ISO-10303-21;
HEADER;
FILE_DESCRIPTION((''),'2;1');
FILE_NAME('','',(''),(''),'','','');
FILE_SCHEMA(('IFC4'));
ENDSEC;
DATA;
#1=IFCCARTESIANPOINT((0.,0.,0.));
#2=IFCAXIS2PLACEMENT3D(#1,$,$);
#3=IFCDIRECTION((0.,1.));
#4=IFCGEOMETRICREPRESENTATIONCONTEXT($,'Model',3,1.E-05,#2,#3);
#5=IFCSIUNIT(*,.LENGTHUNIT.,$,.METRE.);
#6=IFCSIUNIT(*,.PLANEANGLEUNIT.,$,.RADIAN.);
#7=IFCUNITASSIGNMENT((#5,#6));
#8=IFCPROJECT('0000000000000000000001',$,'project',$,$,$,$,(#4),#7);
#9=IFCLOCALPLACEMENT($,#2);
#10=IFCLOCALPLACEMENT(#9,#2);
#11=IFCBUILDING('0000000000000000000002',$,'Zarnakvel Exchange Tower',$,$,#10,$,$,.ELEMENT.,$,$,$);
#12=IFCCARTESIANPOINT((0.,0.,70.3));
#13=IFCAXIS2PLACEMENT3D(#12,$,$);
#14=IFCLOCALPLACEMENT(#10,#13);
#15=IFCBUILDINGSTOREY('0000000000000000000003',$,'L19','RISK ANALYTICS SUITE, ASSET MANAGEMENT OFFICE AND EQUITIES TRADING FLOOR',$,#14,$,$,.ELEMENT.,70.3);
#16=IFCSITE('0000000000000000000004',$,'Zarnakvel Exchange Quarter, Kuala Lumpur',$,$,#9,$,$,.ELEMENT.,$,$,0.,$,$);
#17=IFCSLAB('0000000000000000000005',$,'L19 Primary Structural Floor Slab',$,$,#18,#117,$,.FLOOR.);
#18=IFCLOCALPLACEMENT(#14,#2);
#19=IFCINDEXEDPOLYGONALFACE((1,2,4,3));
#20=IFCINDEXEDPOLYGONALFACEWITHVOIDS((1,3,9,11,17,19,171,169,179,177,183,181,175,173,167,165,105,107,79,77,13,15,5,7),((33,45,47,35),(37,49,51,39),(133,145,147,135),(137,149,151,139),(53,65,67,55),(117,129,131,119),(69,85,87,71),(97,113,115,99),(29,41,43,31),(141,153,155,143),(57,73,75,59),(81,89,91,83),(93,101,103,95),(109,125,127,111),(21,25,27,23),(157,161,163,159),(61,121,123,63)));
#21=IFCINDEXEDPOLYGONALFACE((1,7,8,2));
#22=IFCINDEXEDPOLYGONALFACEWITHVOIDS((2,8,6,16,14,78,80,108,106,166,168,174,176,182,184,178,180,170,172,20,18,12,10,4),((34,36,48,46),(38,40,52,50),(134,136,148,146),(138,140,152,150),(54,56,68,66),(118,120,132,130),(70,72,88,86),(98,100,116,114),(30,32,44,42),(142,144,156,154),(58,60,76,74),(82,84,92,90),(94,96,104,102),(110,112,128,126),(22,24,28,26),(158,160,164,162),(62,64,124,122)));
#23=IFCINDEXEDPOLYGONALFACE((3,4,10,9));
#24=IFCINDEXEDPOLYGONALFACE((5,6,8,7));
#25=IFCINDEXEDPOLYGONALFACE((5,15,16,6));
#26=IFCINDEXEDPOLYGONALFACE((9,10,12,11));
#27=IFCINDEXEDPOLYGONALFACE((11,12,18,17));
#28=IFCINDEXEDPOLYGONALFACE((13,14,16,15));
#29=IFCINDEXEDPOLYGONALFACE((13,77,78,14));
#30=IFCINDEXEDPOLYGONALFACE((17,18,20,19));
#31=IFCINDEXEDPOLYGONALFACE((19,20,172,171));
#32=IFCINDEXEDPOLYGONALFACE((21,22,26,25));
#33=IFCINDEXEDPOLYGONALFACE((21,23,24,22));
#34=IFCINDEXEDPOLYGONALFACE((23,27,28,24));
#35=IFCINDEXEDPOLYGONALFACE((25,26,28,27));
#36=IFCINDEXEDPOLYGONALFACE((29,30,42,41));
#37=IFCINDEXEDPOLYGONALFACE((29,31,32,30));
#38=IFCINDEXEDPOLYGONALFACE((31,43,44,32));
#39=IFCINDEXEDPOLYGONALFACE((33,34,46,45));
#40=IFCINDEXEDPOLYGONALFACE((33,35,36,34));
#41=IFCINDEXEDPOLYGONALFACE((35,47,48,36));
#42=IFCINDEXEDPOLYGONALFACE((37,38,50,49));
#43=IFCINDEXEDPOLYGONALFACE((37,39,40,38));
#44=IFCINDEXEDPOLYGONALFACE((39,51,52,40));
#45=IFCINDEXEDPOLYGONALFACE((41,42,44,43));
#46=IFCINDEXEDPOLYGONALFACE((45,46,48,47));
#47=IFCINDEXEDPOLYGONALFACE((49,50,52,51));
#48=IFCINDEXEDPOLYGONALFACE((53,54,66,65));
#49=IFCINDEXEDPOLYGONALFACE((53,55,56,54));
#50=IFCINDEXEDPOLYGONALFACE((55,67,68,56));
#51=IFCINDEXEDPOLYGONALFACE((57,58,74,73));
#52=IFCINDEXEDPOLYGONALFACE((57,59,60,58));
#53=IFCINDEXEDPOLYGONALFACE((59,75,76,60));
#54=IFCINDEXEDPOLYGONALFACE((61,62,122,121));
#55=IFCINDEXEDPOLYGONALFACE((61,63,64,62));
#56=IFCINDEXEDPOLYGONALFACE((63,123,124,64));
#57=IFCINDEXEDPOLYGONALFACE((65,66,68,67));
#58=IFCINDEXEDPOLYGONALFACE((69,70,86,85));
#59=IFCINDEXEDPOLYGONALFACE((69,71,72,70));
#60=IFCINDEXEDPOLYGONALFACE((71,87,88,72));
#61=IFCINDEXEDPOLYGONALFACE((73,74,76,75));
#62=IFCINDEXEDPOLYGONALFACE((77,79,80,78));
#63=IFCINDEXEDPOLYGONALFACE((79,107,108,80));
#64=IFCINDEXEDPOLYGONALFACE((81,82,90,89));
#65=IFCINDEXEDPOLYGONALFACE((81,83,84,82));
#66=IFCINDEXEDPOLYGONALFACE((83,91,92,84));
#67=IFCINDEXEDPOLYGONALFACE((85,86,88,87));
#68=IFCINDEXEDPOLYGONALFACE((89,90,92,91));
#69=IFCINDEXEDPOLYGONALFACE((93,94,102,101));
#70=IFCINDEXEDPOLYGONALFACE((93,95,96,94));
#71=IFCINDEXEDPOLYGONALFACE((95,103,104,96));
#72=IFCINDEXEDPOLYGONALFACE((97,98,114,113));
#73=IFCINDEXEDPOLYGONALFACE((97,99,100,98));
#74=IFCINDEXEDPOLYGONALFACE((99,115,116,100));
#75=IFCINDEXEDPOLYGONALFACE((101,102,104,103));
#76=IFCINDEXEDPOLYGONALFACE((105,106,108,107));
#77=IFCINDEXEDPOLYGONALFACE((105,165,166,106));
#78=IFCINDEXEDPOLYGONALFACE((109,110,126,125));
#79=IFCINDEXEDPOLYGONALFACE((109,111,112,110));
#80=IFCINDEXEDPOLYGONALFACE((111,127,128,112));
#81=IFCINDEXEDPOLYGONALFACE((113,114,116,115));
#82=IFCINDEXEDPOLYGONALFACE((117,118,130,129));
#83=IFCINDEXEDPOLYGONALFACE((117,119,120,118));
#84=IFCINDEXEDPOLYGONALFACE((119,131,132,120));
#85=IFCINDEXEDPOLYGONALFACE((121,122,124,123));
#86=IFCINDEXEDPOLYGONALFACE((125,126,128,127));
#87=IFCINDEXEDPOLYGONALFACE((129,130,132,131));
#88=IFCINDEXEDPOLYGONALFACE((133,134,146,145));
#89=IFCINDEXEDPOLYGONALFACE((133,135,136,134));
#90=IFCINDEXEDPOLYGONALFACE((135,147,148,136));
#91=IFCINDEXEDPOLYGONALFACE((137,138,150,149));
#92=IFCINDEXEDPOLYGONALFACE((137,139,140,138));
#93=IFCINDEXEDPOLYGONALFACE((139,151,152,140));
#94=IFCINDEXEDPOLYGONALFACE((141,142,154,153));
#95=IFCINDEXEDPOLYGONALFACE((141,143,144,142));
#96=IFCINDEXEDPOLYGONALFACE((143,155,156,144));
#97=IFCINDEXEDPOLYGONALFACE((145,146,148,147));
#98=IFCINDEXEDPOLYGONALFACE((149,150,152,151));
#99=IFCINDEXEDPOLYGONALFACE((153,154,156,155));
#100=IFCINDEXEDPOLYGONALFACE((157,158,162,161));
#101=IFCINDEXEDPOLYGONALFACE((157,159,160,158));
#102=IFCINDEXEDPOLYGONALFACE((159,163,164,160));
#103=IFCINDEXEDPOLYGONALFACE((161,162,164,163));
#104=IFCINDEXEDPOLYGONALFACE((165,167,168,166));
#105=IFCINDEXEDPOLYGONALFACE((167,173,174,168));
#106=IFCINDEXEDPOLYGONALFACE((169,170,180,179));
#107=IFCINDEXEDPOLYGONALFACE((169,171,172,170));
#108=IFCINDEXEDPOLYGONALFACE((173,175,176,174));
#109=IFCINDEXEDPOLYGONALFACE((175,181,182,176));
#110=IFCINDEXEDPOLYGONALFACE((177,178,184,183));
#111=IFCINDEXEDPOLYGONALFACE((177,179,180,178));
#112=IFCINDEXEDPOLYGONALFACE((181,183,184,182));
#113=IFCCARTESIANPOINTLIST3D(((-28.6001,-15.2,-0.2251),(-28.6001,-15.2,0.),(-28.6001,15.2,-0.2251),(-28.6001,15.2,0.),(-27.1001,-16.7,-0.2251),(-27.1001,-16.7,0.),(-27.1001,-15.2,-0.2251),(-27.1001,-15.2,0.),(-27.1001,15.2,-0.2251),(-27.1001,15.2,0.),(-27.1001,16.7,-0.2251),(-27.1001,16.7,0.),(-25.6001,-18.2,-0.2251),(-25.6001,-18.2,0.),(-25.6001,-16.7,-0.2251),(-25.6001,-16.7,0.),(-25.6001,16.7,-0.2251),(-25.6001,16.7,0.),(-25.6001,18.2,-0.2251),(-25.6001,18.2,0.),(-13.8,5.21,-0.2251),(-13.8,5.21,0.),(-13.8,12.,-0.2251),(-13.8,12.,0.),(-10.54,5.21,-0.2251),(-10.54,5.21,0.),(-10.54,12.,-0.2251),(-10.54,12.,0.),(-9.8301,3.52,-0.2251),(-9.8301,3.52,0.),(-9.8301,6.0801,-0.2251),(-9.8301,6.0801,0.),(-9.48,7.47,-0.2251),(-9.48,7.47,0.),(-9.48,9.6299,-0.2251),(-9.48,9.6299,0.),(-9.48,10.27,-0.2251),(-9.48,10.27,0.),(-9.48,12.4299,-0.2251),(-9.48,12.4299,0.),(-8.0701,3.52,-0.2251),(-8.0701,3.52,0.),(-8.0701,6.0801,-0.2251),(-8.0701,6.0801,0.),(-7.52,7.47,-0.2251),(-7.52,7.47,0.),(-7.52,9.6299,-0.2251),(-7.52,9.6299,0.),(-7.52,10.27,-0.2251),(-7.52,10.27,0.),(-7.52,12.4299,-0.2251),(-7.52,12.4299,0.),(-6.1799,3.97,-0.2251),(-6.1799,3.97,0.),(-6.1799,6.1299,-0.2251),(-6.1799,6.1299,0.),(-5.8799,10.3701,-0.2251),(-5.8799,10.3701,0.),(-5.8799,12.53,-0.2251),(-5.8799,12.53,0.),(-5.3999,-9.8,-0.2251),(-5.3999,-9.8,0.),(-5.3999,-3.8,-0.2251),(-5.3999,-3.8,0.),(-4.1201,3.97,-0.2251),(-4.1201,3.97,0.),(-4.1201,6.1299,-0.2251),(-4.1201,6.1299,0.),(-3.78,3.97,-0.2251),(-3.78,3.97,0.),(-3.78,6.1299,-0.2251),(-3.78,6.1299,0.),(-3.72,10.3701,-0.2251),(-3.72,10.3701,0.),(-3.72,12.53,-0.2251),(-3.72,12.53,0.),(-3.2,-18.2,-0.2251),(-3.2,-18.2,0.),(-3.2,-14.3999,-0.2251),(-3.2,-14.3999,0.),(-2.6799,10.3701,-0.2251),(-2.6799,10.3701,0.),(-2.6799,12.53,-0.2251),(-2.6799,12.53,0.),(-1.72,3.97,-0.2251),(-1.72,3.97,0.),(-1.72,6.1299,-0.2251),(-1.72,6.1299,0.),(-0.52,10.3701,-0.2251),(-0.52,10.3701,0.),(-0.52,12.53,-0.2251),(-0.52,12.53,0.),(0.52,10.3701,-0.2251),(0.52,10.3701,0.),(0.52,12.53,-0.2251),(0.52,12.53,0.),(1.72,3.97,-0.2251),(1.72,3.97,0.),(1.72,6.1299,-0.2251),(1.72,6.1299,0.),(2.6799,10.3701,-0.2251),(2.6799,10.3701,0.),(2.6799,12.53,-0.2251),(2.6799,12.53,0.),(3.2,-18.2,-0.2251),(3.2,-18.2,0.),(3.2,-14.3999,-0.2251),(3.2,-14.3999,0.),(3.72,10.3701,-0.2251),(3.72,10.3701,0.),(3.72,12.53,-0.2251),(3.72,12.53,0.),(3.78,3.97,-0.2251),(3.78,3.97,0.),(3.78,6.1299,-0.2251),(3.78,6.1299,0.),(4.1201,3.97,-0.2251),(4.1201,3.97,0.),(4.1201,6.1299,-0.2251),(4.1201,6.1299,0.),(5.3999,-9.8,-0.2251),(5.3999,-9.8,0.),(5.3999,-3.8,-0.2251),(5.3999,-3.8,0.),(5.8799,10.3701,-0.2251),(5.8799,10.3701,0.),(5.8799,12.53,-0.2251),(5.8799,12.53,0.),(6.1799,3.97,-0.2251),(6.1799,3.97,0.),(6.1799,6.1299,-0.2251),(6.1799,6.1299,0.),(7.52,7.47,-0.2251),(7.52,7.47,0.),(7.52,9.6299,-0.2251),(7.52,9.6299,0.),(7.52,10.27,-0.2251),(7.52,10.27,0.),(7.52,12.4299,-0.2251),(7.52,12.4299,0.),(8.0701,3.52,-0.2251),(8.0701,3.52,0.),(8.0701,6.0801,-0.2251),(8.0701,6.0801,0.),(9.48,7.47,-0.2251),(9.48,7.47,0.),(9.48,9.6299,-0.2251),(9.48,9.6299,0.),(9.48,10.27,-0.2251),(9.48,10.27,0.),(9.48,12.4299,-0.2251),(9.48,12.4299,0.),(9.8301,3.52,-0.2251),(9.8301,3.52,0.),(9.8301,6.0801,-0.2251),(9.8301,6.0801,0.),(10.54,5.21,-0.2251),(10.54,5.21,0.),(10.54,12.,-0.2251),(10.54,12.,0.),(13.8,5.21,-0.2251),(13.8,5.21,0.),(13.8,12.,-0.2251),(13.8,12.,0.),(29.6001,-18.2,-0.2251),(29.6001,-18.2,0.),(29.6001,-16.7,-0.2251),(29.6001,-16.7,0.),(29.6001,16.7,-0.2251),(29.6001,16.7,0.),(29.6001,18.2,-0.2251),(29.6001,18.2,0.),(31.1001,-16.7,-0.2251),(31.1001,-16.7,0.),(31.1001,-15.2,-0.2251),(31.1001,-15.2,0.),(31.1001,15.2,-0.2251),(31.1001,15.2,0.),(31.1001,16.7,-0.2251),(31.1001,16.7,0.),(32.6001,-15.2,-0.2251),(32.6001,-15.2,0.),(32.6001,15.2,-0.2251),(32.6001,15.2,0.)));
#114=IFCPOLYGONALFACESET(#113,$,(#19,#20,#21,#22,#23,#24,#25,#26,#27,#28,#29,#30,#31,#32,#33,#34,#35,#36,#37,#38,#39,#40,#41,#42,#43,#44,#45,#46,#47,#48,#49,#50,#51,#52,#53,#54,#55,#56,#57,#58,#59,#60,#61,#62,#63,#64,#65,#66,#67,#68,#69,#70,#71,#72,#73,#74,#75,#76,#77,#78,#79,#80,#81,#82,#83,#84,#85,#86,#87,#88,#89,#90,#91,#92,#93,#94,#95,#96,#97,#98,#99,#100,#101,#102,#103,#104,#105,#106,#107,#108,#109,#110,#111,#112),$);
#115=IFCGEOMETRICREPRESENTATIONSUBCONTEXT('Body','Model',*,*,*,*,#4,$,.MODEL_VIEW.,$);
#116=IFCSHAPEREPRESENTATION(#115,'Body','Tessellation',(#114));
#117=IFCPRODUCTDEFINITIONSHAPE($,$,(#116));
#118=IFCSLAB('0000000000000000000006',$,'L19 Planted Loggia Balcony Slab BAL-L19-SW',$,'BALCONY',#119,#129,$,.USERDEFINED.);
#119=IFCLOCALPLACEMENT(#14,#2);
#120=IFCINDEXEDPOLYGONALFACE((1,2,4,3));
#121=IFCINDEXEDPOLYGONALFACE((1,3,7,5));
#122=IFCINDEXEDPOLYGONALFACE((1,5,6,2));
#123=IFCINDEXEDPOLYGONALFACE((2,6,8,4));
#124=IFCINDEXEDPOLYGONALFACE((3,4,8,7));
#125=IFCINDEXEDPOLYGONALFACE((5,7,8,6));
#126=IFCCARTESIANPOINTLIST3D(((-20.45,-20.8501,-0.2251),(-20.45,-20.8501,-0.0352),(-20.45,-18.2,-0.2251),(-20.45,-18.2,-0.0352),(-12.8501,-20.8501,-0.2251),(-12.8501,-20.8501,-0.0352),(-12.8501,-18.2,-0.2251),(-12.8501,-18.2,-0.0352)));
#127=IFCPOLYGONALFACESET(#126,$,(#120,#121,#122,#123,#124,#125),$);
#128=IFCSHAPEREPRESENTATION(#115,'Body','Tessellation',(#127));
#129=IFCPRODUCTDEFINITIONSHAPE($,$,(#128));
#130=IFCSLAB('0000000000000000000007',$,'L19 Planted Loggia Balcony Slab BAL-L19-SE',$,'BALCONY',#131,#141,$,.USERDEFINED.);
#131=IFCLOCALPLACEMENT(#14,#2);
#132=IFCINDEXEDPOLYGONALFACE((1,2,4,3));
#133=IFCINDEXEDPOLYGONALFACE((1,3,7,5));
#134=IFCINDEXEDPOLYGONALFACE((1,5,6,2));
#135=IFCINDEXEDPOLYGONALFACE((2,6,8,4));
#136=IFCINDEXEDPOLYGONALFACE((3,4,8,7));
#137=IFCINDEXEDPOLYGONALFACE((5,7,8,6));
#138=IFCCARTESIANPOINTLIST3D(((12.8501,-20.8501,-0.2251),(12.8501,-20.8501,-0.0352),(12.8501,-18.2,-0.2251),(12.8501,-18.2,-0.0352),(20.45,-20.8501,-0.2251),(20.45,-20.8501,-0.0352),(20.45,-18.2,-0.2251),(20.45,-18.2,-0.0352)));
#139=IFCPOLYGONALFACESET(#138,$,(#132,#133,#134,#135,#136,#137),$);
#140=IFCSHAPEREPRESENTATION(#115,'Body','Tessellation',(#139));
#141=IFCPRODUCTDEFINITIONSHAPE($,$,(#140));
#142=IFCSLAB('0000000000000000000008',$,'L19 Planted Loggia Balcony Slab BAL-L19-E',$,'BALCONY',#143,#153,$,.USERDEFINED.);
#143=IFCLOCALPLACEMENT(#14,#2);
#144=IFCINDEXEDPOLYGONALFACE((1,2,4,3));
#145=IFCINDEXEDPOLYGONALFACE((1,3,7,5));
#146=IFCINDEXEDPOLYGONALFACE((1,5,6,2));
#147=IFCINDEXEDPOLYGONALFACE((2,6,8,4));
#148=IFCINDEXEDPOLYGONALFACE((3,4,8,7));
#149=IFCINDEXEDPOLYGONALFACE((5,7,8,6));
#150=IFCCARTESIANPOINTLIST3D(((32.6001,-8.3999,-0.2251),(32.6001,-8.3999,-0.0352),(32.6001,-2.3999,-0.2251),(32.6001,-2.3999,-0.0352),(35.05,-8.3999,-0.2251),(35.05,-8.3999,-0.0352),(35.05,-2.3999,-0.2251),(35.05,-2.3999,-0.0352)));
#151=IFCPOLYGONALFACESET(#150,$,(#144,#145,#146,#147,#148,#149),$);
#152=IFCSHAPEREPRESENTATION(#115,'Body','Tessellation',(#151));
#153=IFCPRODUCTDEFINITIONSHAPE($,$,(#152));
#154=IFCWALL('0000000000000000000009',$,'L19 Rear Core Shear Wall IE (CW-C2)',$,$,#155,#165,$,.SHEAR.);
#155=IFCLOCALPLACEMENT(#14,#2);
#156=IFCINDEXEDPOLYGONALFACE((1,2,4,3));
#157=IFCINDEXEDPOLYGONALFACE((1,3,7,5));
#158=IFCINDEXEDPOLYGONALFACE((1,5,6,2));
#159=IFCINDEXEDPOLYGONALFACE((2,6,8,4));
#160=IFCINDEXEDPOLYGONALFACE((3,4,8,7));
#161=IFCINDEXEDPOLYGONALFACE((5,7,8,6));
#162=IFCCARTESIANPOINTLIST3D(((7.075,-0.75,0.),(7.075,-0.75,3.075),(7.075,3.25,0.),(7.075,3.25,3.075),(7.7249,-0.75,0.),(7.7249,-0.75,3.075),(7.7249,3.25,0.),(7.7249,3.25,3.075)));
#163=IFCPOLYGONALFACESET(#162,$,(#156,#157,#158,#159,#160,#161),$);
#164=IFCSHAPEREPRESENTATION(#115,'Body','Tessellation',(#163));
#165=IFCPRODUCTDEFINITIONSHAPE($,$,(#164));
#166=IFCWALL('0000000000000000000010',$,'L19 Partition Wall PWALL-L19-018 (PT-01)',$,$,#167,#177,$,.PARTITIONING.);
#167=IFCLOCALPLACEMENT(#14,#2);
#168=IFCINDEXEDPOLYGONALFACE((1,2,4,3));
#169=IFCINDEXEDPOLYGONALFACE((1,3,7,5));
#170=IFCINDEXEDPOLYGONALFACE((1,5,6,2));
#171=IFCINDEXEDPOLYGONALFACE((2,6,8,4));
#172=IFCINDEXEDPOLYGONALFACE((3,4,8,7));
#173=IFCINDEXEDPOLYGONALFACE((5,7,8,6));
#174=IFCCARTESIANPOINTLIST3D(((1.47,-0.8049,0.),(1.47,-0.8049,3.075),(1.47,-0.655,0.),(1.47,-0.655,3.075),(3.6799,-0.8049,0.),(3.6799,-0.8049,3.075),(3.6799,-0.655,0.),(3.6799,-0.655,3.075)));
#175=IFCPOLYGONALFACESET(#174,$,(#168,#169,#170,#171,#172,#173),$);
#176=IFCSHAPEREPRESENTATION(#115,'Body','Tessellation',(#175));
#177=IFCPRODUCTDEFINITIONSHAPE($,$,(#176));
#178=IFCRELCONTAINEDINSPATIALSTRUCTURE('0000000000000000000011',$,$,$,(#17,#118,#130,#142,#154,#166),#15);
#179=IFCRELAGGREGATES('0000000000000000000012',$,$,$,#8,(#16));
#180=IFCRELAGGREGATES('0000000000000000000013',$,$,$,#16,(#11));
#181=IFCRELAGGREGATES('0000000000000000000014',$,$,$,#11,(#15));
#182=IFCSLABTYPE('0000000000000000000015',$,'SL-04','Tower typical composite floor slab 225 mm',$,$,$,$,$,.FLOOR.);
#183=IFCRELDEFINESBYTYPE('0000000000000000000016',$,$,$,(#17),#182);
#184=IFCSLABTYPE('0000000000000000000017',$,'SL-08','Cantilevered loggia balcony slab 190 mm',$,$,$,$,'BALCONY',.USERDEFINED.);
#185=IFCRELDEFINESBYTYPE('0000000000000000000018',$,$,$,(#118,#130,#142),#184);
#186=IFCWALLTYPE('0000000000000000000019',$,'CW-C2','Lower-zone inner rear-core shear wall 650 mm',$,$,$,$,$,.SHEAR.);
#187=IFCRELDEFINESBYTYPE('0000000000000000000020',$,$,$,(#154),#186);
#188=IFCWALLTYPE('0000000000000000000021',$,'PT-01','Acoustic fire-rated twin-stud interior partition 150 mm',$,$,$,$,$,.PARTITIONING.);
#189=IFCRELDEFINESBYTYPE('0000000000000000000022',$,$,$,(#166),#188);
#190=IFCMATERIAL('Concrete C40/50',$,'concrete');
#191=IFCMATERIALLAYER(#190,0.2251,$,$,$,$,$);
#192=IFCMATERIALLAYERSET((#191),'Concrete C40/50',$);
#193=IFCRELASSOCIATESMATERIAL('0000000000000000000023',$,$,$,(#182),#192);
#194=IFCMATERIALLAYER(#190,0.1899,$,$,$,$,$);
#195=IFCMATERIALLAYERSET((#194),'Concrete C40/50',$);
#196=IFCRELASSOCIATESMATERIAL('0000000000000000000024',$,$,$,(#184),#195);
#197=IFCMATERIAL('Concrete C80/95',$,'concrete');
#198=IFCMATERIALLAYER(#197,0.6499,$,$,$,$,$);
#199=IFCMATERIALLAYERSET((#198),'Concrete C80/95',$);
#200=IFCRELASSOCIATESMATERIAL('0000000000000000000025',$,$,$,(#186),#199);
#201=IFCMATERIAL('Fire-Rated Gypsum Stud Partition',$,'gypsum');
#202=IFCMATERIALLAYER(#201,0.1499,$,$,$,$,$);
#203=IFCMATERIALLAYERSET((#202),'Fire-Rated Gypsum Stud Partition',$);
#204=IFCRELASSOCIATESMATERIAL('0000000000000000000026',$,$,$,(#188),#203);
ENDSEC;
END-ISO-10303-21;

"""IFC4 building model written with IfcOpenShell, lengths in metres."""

from ifc_helpers import new_model, si_unit, direction, frame, frame_2d, origin, place, context, subcontext, project, spatial, polyline, rectangle, outline, extrude, material, layer, layer_set, type_object, element, save


model = new_model("IFC4")

# Units and contexts
model_context = context("Model", 3, precision=1e-05, world=origin(), true_north=direction((0.0, 1.0)))
body_context = subcontext(model_context, "Body", "Model", "MODEL_VIEW")
ifc_project = project(units=[si_unit("LENGTHUNIT", "METRE"), si_unit("PLANEANGLEUNIT", "RADIAN")], contexts=[model_context])

# Site, building, storey
site_placement = place(None, origin())
site = spatial("IfcSite", under=ifc_project, at=site_placement, Name="Zarnakvel Exchange Quarter, Kuala Lumpur", CompositionType="ELEMENT", RefElevation=0.0)
building_placement = place(site_placement, origin())
building = spatial("IfcBuilding", under=site, at=building_placement, Name="Zarnakvel Exchange Tower", CompositionType="ELEMENT")
storey_placement = place(building_placement, frame((0.0, 0.0, 70.3)))
storey = spatial("IfcBuildingStorey", under=building, at=storey_placement, Name="L19", Description="RISK ANALYTICS SUITE, ASSET MANAGEMENT OFFICE AND EQUITIES TRADING FLOOR", CompositionType="ELEMENT", Elevation=70.3)

# Shared definitions
ifc_material_1 = material(Name="Concrete C80/95", Category="concrete")

# Shared definitions
ifc_material_2 = material(Name="Concrete C40/50", Category="concrete")

# Slabs
ifc_layer_1 = layer(ifc_material_2, 0.2251)
ifc_layer_set_1 = layer_set([ifc_layer_1], Name="Concrete C40/50")
slab_type_1 = type_object("IfcSlabType", Name="SL-04", Description="Tower typical composite floor slab 225 mm", PredefinedType="FLOOR", material=ifc_layer_set_1)
slab_1_placement = place(storey_placement, frame((0.0, 0.0, -0.2251)))
element("IfcSlab", 1, at=slab_1_placement, inside=storey, type_object=slab_type_1, Name="L19 Primary Structural Floor Slab", PredefinedType="FLOOR", context=body_context, shape_type="SweptSolid", body=[
    extrude(outline(polyline([(-28.6001, -15.2), (-27.1001, -15.2), (-27.1001, -16.7), (-25.6001, -16.7), (-25.6001, -18.2), (-3.2, -18.2), (-3.2, -14.3999), (3.2, -14.3999), (3.2, -18.2), (29.6001, -18.2), (29.6001, -16.7), (31.1001, -16.7), (31.1001, -15.2), (32.6001, -15.2), (32.6001, 15.2), (31.1001, 15.2), (31.1001, 16.7), (29.6001, 16.7), (29.6001, 18.2), (-25.6001, 18.2), (-25.6001, 16.7), (-27.1001, 16.7), (-27.1001, 15.2), (-28.6001, 15.2), (-28.6001, -15.2)]), holes=[polyline([(-5.3999, -9.8), (5.3999, -9.8), (5.3999, -3.8), (-5.3999, -3.8), (-5.3999, -9.8)]), polyline([(-13.8, 5.21), (-10.54, 5.21), (-10.54, 12.0), (-13.8, 12.0), (-13.8, 5.21)]), polyline([(10.54, 5.21), (13.8, 5.21), (13.8, 12.0), (10.54, 12.0), (10.54, 5.21)]), polyline([(-9.8301, 3.52), (-8.0701, 3.52), (-8.0701, 6.0801), (-9.8301, 6.0801), (-9.8301, 3.52)]), polyline([(8.0701, 3.52), (9.8301, 3.52), (9.8301, 6.0801), (8.0701, 6.0801), (8.0701, 3.52)]), polyline([(-5.8799, 10.3701), (-3.72, 10.3701), (-3.72, 12.53), (-5.8799, 12.53), (-5.8799, 10.3701)]), polyline([(-2.6799, 10.3701), (-0.52, 10.3701), (-0.52, 12.53), (-2.6799, 12.53), (-2.6799, 10.3701)]), polyline([(0.52, 10.3701), (2.6799, 10.3701), (2.6799, 12.53), (0.52, 12.53), (0.52, 10.3701)]), polyline([(3.72, 10.3701), (5.8799, 10.3701), (5.8799, 12.53), (3.72, 12.53), (3.72, 10.3701)]), polyline([(-6.1799, 3.97), (-4.1201, 3.97), (-4.1201, 6.1299), (-6.1799, 6.1299), (-6.1799, 3.97)]), polyline([(-3.78, 3.97), (-1.72, 3.97), (-1.72, 6.1299), (-3.78, 6.1299), (-3.78, 3.97)]), polyline([(1.72, 3.97), (3.78, 3.97), (3.78, 6.1299), (1.72, 6.1299), (1.72, 3.97)]), polyline([(4.1201, 3.97), (6.1799, 3.97), (6.1799, 6.1299), (4.1201, 6.1299), (4.1201, 3.97)]), polyline([(-9.48, 7.47), (-7.52, 7.47), (-7.52, 9.6299), (-9.48, 9.6299), (-9.48, 7.47)]), polyline([(-9.48, 10.27), (-7.52, 10.27), (-7.52, 12.4299), (-9.48, 12.4299), (-9.48, 10.27)]), polyline([(7.52, 7.47), (9.48, 7.47), (9.48, 9.6299), (7.52, 9.6299), (7.52, 7.47)]), polyline([(7.52, 10.27), (9.48, 10.27), (9.48, 12.4299), (7.52, 12.4299), (7.52, 10.27)])]), origin(), (0.0, 0.0, 1.0), 0.2251),
])
ifc_layer_2 = layer(ifc_material_2, 0.1899)
ifc_layer_set_2 = layer_set([ifc_layer_2], Name="Concrete C40/50")
slab_type_2 = type_object("IfcSlabType", Name="SL-08", Description="Cantilevered loggia balcony slab 190 mm", ElementType="BALCONY", PredefinedType="USERDEFINED", material=ifc_layer_set_2)
slab_2_placement = place(storey_placement, frame((0.0, 0.0, -0.2251)))
element("IfcSlab", 2, at=slab_2_placement, inside=storey, type_object=slab_type_2, Name="L19 Planted Loggia Balcony Slab BAL-L19-SW", ObjectType="BALCONY", PredefinedType="USERDEFINED", context=body_context, shape_type="SweptSolid", body=[
    extrude(outline(polyline([(-20.45, -20.8501), (-12.8501, -20.8501), (-12.8501, -18.2), (-20.45, -18.2), (-20.45, -20.8501)])), origin(), (0.0, 0.0, 1.0), 0.1899),
])
slab_3_placement = place(storey_placement, frame((0.0, 0.0, -0.2251)))
element("IfcSlab", 3, at=slab_3_placement, inside=storey, type_object=slab_type_2, Name="L19 Planted Loggia Balcony Slab BAL-L19-SE", ObjectType="BALCONY", PredefinedType="USERDEFINED", context=body_context, shape_type="SweptSolid", body=[
    extrude(outline(polyline([(12.8501, -20.8501), (20.45, -20.8501), (20.45, -18.2), (12.8501, -18.2), (12.8501, -20.8501)])), origin(), (0.0, 0.0, 1.0), 0.1899),
])
slab_4_placement = place(storey_placement, frame((0.0, 0.0, -0.2251)))
element("IfcSlab", 4, at=slab_4_placement, inside=storey, type_object=slab_type_2, Name="L19 Planted Loggia Balcony Slab BAL-L19-E", ObjectType="BALCONY", PredefinedType="USERDEFINED", context=body_context, shape_type="SweptSolid", body=[
    extrude(outline(polyline([(32.6001, -8.3999), (35.05, -8.3999), (35.05, -2.3999), (32.6001, -2.3999), (32.6001, -8.3999)])), origin(), (0.0, 0.0, 1.0), 0.1899),
])

# Walls
ifc_layer_3 = layer(ifc_material_1, 0.6499)
ifc_layer_set_3 = layer_set([ifc_layer_3], Name="Concrete C80/95")
wall_type_1 = type_object("IfcWallType", Name="CW-C2", Description="Lower-zone inner rear-core shear wall 650 mm", PredefinedType="SHEAR", material=ifc_layer_set_3)
wall_1_placement = place(storey_placement, frame((7.3999, -0.75, 0.0), z_axis=(0.0, 0.0, 1.0), x_axis=(0.0, 1.0, 0.0)))
element("IfcWall", 5, at=wall_1_placement, inside=storey, type_object=wall_type_1, Name="L19 Rear Core Shear Wall IE (CW-C2)", PredefinedType="SHEAR", context=body_context, shape_type="SweptSolid", body=[
    extrude(rectangle(XDim=4.0, YDim=0.6499, at=frame_2d((2.0, 0.0))), origin(), (0.0, 0.0, 1.0), 3.075),
])
ifc_material_3 = material(Name="Fire-Rated Gypsum Stud Partition", Category="gypsum")
ifc_layer_4 = layer(ifc_material_3, 0.1499)
ifc_layer_set_4 = layer_set([ifc_layer_4], Name="Fire-Rated Gypsum Stud Partition")
wall_type_2 = type_object("IfcWallType", Name="PT-01", Description="Acoustic fire-rated twin-stud interior partition 150 mm", PredefinedType="PARTITIONING", material=ifc_layer_set_4)
for number, where, z_axis, x_axis, name in (
    (6, (3.6799, -0.73, 0.0), (0.0, 0.0, 1.0), (-1.0, 0.0, 0.0), "L19 Partition Wall PWALL-L19-018 (PT-01)"),
):
    element("IfcWall", number, at=place(storey_placement, frame(where, z_axis=z_axis, x_axis=x_axis)), inside=storey, type_object=wall_type_2, Name=name, PredefinedType="PARTITIONING", context=body_context, shape_type="SweptSolid", body=[
        extrude(rectangle(XDim=2.21, YDim=0.1499, at=frame_2d((1.105, 0.0))), origin(), (0.0, 0.0, 1.0), 3.075),
    ])

save(model, "model.ifc")
